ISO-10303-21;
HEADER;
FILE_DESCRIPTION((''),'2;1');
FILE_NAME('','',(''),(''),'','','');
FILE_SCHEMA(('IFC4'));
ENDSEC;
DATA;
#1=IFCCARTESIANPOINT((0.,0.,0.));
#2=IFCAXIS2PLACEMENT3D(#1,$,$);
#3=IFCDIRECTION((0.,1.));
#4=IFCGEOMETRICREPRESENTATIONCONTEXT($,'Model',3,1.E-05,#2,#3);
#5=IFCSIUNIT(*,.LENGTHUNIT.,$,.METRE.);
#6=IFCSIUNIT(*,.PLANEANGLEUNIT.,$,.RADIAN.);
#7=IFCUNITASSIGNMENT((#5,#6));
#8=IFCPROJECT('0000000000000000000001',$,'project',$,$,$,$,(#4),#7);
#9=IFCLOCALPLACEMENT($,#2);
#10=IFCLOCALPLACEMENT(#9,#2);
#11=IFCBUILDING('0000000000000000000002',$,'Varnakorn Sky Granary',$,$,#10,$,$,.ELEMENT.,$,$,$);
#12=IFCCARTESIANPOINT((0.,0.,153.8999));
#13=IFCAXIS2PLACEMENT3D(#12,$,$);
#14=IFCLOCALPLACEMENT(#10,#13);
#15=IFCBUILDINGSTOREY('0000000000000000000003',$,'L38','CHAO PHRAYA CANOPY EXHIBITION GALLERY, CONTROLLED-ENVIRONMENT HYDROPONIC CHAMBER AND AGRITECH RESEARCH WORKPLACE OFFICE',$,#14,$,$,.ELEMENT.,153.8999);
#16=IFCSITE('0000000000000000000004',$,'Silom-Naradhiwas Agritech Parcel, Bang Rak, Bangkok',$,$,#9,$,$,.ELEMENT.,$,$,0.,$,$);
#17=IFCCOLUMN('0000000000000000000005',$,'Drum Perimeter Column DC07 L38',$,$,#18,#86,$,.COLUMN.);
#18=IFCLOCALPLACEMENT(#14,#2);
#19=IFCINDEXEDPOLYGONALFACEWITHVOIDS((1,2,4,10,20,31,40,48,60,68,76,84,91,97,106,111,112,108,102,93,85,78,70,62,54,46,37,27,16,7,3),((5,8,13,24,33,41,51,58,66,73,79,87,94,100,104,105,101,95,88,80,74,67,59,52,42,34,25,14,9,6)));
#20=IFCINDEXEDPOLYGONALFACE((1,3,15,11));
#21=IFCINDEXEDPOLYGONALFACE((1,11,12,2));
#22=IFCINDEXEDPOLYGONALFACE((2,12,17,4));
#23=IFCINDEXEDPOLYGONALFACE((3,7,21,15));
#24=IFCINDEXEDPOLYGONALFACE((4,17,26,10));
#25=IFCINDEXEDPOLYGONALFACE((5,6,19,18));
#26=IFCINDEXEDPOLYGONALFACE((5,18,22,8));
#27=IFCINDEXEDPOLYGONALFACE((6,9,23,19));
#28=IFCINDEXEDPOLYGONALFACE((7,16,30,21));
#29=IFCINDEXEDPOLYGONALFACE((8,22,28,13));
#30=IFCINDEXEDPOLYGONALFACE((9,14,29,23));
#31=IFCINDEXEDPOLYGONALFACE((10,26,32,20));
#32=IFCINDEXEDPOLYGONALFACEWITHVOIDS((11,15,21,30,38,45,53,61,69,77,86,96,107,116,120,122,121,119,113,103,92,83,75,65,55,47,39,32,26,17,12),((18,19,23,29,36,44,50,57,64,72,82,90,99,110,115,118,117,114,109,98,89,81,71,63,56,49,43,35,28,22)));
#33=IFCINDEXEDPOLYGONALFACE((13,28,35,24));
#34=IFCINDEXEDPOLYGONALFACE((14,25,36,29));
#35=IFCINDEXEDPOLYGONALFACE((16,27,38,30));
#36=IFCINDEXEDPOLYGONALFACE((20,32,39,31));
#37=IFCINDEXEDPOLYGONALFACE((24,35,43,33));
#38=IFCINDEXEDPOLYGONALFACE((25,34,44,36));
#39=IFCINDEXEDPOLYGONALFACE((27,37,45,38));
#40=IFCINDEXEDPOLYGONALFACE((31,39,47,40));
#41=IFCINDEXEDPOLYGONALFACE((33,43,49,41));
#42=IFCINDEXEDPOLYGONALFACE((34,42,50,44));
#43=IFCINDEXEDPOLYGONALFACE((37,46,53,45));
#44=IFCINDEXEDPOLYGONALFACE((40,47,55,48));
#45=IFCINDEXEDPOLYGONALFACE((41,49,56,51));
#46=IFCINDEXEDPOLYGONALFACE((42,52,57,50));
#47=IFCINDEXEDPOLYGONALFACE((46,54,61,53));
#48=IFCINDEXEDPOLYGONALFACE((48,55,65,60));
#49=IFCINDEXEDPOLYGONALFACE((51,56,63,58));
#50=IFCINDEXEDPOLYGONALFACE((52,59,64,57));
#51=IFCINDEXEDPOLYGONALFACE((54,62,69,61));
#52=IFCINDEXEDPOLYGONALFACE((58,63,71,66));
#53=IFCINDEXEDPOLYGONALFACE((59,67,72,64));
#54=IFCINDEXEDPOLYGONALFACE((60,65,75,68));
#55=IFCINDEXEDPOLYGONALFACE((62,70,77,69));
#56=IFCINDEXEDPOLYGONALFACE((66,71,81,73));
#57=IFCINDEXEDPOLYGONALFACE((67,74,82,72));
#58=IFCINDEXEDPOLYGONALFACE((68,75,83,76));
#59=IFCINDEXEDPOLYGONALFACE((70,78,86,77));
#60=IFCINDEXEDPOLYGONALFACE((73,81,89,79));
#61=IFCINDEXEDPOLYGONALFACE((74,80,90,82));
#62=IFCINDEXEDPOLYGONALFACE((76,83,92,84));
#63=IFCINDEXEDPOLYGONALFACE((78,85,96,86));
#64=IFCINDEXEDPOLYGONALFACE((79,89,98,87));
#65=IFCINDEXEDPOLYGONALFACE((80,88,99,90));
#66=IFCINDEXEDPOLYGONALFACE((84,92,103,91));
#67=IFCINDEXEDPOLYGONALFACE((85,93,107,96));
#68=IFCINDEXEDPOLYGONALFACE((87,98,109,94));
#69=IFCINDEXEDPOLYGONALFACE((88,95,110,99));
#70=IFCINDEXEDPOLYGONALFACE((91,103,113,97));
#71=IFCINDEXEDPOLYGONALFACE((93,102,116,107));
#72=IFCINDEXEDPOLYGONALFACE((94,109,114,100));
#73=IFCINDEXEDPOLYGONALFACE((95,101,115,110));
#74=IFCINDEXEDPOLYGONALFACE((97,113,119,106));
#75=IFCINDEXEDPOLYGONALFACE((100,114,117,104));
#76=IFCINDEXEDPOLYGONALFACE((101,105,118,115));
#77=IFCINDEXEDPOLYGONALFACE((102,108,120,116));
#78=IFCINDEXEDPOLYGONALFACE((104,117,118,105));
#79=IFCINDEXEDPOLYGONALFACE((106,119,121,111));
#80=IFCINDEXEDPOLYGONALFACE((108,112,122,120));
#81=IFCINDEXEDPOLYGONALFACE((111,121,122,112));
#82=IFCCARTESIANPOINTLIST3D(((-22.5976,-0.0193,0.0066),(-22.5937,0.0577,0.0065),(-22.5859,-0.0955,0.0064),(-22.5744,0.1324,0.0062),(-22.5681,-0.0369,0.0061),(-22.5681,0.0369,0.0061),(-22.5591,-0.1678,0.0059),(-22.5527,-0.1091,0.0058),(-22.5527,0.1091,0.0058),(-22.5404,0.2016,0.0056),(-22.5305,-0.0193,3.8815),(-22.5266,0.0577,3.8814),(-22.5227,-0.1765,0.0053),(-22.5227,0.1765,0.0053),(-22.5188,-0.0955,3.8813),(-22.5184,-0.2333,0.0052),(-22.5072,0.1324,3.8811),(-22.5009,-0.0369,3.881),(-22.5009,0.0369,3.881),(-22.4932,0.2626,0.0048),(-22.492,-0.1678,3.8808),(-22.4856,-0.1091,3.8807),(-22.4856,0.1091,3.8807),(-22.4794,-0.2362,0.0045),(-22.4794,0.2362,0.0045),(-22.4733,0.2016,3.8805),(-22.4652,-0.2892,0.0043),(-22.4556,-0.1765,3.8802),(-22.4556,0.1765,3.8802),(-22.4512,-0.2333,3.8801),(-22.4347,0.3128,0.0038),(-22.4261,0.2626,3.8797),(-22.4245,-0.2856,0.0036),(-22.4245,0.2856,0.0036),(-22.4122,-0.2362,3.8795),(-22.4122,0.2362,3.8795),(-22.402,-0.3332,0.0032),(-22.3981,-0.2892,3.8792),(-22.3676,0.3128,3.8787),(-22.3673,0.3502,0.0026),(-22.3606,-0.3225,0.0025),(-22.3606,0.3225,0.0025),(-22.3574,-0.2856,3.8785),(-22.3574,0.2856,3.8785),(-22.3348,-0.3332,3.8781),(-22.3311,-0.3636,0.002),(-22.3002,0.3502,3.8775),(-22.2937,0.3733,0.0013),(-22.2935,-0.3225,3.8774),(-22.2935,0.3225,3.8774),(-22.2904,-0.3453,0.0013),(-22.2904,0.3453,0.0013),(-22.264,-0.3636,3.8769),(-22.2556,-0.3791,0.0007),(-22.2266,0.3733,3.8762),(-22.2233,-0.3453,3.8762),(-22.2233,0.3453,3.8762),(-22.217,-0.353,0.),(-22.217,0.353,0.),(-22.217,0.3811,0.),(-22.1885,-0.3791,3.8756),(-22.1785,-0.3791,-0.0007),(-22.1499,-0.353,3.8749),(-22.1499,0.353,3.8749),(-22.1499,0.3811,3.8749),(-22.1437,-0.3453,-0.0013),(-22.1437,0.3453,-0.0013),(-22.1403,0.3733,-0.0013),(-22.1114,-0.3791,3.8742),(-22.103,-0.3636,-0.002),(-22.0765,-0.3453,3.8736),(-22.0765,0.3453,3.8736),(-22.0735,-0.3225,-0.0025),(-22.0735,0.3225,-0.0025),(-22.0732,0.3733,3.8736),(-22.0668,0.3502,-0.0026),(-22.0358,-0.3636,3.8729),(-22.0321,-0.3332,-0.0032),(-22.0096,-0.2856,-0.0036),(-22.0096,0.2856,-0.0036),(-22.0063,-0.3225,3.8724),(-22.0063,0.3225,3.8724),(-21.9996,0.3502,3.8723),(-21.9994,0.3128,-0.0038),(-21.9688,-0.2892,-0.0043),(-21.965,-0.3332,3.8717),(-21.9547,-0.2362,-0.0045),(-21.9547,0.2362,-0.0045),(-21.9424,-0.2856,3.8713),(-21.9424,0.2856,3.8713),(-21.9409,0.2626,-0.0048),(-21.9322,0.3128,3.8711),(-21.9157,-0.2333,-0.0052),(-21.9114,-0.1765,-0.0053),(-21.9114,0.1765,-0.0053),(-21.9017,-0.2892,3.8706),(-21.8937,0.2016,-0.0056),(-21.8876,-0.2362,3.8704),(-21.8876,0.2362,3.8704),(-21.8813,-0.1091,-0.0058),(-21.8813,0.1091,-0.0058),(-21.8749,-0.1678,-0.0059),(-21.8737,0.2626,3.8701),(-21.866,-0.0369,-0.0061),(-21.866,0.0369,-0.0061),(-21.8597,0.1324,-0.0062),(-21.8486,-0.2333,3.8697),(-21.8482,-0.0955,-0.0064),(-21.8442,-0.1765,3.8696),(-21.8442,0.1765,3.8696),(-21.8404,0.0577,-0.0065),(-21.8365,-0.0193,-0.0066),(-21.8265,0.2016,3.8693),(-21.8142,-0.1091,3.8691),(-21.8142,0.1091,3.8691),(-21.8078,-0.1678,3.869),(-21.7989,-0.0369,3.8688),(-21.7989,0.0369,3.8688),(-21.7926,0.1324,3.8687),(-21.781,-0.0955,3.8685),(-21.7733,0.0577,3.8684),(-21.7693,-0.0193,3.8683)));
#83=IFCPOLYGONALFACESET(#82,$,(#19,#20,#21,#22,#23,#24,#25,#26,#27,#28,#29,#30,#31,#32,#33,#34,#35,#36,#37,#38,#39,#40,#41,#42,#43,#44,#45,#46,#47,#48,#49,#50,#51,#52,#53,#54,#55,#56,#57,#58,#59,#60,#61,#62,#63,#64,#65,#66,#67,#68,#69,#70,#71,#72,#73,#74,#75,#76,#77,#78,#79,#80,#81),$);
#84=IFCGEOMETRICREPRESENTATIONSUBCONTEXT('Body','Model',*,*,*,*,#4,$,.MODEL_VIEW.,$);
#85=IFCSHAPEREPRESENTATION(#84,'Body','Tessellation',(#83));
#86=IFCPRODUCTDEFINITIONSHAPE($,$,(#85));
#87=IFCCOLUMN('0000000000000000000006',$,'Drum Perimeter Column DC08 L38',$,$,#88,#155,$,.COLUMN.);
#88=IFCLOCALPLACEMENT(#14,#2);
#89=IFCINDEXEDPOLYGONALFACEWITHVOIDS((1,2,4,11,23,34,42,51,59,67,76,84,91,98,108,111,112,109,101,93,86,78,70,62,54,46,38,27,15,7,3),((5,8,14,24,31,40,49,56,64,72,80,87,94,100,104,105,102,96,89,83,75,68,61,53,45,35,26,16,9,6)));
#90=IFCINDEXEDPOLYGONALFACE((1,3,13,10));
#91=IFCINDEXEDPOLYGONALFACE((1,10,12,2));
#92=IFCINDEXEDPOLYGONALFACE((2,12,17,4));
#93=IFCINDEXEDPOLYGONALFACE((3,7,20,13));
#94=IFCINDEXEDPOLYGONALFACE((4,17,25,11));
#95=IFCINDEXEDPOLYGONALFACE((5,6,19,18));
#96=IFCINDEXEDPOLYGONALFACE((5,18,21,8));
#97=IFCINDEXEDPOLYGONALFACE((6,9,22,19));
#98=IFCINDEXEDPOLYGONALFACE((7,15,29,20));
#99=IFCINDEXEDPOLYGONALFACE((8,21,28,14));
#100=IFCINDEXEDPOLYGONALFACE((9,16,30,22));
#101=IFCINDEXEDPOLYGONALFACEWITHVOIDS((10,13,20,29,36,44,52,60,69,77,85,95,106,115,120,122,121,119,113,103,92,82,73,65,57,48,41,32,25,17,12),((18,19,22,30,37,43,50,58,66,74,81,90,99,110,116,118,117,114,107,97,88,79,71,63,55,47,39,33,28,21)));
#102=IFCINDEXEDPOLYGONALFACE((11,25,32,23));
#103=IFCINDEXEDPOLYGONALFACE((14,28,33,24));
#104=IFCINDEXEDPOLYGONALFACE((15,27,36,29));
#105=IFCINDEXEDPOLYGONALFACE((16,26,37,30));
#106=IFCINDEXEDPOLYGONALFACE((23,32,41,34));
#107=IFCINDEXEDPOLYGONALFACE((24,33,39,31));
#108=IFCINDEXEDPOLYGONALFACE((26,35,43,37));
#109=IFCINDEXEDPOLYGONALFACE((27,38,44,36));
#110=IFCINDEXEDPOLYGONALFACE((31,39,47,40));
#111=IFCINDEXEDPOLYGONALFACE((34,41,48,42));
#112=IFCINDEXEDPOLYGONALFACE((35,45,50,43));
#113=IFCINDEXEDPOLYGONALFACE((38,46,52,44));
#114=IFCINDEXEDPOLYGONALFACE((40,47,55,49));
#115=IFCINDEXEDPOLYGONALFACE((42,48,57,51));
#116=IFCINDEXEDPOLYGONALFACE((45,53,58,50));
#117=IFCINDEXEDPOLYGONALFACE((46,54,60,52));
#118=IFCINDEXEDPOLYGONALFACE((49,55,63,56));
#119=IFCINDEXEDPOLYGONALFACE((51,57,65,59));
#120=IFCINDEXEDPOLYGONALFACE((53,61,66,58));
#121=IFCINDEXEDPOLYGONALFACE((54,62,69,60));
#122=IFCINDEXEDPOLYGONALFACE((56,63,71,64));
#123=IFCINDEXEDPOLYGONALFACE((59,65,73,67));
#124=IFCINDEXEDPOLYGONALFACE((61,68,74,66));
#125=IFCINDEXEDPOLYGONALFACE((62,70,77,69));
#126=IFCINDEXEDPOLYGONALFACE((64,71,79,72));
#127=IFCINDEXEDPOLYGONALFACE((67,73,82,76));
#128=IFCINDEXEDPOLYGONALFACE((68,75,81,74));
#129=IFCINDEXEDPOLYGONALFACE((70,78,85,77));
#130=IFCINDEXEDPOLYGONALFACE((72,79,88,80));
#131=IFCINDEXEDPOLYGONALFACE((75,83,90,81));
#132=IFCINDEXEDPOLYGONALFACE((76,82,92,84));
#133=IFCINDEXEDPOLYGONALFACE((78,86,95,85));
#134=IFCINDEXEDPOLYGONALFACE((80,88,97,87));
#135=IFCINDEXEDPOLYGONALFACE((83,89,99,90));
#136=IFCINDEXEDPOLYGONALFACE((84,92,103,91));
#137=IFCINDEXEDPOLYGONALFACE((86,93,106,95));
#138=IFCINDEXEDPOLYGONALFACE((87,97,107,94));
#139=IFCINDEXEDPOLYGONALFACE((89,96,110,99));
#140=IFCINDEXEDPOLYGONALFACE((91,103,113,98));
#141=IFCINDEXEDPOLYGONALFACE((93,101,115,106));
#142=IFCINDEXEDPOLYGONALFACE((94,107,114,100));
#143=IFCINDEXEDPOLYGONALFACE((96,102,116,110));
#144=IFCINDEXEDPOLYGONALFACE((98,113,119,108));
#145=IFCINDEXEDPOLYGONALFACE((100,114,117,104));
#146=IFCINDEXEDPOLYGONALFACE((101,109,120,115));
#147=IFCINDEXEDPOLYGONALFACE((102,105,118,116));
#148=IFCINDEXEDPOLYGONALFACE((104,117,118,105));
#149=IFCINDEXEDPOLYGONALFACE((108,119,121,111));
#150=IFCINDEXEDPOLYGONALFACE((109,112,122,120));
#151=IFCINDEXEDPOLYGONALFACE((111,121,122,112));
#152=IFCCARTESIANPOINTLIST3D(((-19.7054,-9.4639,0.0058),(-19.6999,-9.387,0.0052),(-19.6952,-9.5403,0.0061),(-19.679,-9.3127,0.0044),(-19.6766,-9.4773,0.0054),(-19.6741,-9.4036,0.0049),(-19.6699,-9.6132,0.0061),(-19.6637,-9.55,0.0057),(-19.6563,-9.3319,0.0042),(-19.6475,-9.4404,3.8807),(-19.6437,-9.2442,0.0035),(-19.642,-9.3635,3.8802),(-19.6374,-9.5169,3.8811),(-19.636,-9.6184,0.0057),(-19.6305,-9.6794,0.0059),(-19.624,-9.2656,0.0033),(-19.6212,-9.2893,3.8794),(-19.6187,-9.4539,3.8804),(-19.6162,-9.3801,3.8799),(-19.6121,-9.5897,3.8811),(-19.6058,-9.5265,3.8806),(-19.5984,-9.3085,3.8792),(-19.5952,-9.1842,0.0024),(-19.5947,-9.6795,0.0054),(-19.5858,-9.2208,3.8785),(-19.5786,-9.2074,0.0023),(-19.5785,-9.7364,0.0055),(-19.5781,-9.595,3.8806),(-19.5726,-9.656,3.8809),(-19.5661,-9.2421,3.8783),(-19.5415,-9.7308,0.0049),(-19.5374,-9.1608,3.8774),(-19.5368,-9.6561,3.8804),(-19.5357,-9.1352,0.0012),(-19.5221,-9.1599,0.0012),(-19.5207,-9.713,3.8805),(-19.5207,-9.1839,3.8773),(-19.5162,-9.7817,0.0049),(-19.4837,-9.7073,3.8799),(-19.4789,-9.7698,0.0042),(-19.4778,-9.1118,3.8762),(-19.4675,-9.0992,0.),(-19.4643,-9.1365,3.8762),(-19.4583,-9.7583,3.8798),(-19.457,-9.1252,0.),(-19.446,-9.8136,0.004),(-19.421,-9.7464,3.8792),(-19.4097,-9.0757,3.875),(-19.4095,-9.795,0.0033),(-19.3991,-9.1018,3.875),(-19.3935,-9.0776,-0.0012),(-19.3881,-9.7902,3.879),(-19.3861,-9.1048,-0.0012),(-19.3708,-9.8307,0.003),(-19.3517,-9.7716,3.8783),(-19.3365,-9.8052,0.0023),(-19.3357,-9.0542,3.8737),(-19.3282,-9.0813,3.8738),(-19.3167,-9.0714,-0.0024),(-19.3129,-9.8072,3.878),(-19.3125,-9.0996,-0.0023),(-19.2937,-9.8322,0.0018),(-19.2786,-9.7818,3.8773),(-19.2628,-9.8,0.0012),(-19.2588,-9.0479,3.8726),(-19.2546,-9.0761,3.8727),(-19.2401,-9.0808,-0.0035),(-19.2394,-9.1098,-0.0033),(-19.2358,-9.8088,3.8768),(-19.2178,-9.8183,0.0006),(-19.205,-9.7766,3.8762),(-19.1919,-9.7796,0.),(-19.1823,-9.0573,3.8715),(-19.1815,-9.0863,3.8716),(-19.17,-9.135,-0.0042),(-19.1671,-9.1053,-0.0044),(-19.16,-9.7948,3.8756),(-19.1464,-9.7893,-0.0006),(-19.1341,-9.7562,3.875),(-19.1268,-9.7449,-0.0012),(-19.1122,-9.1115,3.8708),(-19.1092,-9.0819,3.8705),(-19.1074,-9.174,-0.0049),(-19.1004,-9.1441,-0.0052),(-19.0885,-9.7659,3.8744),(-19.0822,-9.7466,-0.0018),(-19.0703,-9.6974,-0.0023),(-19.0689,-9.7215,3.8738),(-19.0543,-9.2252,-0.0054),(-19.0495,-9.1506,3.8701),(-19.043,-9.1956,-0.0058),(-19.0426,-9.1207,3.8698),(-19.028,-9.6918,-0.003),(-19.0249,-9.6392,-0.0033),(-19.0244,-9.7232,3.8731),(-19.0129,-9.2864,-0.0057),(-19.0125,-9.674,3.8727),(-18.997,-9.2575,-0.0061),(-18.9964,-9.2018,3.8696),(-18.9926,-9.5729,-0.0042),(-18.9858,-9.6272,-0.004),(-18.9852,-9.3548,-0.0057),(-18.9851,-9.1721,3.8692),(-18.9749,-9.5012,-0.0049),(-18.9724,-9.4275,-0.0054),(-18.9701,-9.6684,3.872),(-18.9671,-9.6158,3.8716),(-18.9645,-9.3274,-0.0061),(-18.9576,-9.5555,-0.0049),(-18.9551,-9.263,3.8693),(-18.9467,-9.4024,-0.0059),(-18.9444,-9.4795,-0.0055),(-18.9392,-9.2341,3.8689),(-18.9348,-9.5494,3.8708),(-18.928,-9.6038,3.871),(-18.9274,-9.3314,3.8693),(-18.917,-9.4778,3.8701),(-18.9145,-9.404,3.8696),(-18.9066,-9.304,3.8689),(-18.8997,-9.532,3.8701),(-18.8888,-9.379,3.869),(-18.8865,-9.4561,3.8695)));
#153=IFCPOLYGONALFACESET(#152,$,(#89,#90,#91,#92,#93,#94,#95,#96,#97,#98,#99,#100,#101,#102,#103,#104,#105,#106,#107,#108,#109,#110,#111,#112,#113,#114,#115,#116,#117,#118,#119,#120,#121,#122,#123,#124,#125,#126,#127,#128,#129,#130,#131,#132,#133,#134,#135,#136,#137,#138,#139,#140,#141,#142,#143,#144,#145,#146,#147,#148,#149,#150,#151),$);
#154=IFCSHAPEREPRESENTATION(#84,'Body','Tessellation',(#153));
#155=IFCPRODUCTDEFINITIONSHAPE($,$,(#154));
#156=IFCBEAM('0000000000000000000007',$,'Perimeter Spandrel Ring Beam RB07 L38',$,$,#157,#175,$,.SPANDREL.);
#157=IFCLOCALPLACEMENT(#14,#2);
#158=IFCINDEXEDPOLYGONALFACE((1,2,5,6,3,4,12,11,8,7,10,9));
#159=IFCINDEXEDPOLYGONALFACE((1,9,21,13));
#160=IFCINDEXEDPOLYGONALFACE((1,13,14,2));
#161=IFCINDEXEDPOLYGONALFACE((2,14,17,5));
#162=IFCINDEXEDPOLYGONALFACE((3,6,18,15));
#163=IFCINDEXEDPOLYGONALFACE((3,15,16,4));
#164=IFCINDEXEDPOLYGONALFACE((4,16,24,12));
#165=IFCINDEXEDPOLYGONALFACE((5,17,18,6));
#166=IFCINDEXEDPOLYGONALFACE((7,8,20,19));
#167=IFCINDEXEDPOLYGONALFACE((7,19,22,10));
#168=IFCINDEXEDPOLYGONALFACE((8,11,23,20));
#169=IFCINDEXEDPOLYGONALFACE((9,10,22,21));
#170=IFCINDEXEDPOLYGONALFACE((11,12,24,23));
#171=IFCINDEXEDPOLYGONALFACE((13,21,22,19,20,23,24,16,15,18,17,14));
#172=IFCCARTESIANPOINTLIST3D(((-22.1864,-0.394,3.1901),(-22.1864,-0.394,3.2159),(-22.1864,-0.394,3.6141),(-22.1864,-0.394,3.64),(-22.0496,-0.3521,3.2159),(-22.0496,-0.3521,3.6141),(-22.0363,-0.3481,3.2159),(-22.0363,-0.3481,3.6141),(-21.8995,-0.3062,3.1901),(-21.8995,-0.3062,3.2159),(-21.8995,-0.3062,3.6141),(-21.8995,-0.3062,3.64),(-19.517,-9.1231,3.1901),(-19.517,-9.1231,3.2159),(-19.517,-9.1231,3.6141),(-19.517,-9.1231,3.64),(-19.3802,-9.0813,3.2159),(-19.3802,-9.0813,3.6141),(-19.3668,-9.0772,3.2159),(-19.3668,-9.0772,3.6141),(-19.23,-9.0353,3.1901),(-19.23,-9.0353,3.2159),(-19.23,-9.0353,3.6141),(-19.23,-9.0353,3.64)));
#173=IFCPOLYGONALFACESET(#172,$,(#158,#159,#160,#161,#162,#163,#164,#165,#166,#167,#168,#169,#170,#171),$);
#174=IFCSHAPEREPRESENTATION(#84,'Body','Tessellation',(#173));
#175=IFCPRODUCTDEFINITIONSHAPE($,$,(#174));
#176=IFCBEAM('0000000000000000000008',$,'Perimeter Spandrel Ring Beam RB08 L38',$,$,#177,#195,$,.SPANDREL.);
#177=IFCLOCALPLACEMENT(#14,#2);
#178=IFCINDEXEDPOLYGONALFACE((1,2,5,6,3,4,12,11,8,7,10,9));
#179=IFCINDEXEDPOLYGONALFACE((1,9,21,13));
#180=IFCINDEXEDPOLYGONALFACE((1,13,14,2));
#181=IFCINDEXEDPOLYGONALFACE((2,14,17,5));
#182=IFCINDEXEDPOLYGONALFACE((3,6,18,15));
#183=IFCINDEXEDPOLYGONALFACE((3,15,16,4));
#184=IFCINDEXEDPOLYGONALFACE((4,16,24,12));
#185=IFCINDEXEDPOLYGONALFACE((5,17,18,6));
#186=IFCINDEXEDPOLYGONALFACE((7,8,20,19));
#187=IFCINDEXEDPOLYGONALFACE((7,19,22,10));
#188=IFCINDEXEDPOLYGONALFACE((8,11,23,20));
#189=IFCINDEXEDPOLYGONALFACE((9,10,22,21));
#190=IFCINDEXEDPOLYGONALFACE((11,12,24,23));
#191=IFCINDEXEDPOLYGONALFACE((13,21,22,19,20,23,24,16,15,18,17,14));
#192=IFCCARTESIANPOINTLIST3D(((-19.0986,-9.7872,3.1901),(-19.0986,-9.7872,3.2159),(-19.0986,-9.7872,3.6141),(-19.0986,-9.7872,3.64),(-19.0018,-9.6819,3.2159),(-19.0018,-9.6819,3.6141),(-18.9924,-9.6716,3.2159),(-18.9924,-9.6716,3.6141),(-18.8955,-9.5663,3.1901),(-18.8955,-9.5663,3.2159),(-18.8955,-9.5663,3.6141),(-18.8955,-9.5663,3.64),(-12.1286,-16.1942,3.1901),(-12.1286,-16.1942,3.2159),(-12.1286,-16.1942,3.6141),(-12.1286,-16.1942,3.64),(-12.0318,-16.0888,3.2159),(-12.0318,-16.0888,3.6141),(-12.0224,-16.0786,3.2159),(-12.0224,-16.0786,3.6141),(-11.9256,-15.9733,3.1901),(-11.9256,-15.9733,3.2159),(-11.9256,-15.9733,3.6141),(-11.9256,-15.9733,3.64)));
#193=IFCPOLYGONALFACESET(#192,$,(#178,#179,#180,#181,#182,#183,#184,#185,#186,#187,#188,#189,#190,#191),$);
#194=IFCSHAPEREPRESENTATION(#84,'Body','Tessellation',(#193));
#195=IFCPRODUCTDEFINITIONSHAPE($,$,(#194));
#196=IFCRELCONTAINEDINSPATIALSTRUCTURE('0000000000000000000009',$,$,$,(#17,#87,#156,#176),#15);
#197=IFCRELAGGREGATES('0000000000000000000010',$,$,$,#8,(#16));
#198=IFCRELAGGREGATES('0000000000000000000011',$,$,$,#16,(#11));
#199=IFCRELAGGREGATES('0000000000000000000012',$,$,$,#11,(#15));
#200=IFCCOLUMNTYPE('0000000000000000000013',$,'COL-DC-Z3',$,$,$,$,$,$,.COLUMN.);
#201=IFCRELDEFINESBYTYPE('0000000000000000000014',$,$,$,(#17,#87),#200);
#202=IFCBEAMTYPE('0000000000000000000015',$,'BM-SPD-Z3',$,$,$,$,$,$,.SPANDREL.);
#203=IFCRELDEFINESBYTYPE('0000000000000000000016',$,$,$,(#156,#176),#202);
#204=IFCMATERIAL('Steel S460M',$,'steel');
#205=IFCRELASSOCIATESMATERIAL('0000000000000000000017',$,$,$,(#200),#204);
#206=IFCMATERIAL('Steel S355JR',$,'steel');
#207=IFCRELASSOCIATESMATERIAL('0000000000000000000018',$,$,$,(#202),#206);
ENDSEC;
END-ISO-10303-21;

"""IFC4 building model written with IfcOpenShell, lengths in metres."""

from ifc_helpers import new_model, si_unit, direction, frame, origin, origin_2d, place, context, subcontext, project, spatial, hollow_circle, i_section, extrude, material, material_profile, profile_set, type_object, element, save


model = new_model("IFC4")

# Units and contexts
model_context = context("Model", 3, precision=1e-05, world=origin(), true_north=direction((0.0, 1.0)))
body_context = subcontext(model_context, "Body", "Model", "MODEL_VIEW")
ifc_project = project(units=[si_unit("LENGTHUNIT", "METRE"), si_unit("PLANEANGLEUNIT", "RADIAN")], contexts=[model_context])

# Site, building, storey
site_placement = place(None, origin())
site = spatial("IfcSite", under=ifc_project, at=site_placement, Name="Silom-Naradhiwas Agritech Parcel, Bang Rak, Bangkok", CompositionType="ELEMENT", RefElevation=0.0)
building_placement = place(site_placement, origin())
building = spatial("IfcBuilding", under=site, at=building_placement, Name="Varnakorn Sky Granary", CompositionType="ELEMENT")
storey_placement = place(building_placement, frame((0.0, 0.0, 153.8999)))
storey = spatial("IfcBuildingStorey", under=building, at=storey_placement, Name="L38", Description="CHAO PHRAYA CANOPY EXHIBITION GALLERY, CONTROLLED-ENVIRONMENT HYDROPONIC CHAMBER AND AGRITECH RESEARCH WORKPLACE OFFICE", CompositionType="ELEMENT", Elevation=153.8999)

# Columns
ifc_material_1 = material(Name="Steel S460M", Category="steel")
ifc_material_profile_1 = material_profile(ifc_material_1, hollow_circle(Radius=0.3811, WallThickness=0.0281, at=origin_2d()), Name="CHS 762x28")
ifc_profile_set_1 = profile_set([ifc_material_profile_1], Name="Steel S460M")
column_type = type_object("IfcColumnType", Name="COL-DC-Z3", PredefinedType="COLUMN", material=ifc_profile_set_1)
for number, where, z_axis, x_axis, name in (
    (1, (-22.217, 0.0, 0.0), (0.017324, 0.0, 0.99985), (0.0, 1.0, 0.0), "Drum Perimeter Column DC07 L38"),
    (2, (-19.3245, -9.4524, 0.0), (0.01493, 0.006048, 0.99987), (-0.375433, 0.92685, 0.0), "Drum Perimeter Column DC08 L38"),
):
    element("IfcColumn", number, at=place(storey_placement, frame(where, z_axis=z_axis, x_axis=x_axis)), inside=storey, type_object=column_type, Name=name, PredefinedType="COLUMN", context=body_context, shape_type="SweptSolid", body=[
        extrude(hollow_circle(Radius=0.3811, WallThickness=0.0281, at=origin_2d()), origin(), (0.0, 0.0, 1.0), 3.8755),
    ])

# Beams
ifc_material_2 = material(Name="Steel S355JR", Category="steel")
ifc_material_profile_2 = material_profile(ifc_material_2, i_section(OverallWidth=0.3, OverallDepth=0.45, WebThickness=0.0139, FlangeThickness=0.0259, at=origin_2d()), Name="HE 450 B")
ifc_profile_set_2 = profile_set([ifc_material_profile_2], Name="Steel S355JR")
beam_type = type_object("IfcBeamType", Name="BM-SPD-Z3", PredefinedType="SPANDREL", material=ifc_profile_set_2)
beam_1_placement = place(storey_placement, frame((-22.043, -0.3501, 3.415), z_axis=(0.292443, -0.956283, 0.0), x_axis=(0.956283, 0.292443, 0.0)))
element("IfcBeam", 3, at=beam_1_placement, inside=storey, type_object=beam_type, Name="Perimeter Spandrel Ring Beam RB07 L38", PredefinedType="SPANDREL", context=body_context, shape_type="SweptSolid", body=[
    extrude(i_section(OverallWidth=0.3, OverallDepth=0.45, WebThickness=0.0139, FlangeThickness=0.0259, at=origin_2d()), origin(), (0.0, 0.0, 1.0), 9.1282),
])
beam_2_placement = place(storey_placement, frame((-18.9971, -9.6768, 3.415), z_axis=(0.736215, -0.676748, 0.0), x_axis=(0.676748, 0.736215, 0.0)))
element("IfcBeam", 4, at=beam_2_placement, inside=storey, type_object=beam_type, Name="Perimeter Spandrel Ring Beam RB08 L38", PredefinedType="SPANDREL", context=body_context, shape_type="SweptSolid", body=[
    extrude(i_section(OverallWidth=0.3, OverallDepth=0.45, WebThickness=0.0139, FlangeThickness=0.0259, at=origin_2d()), origin(), (0.0, 0.0, 1.0), 9.4673),
])

save(model, "model.ifc")
